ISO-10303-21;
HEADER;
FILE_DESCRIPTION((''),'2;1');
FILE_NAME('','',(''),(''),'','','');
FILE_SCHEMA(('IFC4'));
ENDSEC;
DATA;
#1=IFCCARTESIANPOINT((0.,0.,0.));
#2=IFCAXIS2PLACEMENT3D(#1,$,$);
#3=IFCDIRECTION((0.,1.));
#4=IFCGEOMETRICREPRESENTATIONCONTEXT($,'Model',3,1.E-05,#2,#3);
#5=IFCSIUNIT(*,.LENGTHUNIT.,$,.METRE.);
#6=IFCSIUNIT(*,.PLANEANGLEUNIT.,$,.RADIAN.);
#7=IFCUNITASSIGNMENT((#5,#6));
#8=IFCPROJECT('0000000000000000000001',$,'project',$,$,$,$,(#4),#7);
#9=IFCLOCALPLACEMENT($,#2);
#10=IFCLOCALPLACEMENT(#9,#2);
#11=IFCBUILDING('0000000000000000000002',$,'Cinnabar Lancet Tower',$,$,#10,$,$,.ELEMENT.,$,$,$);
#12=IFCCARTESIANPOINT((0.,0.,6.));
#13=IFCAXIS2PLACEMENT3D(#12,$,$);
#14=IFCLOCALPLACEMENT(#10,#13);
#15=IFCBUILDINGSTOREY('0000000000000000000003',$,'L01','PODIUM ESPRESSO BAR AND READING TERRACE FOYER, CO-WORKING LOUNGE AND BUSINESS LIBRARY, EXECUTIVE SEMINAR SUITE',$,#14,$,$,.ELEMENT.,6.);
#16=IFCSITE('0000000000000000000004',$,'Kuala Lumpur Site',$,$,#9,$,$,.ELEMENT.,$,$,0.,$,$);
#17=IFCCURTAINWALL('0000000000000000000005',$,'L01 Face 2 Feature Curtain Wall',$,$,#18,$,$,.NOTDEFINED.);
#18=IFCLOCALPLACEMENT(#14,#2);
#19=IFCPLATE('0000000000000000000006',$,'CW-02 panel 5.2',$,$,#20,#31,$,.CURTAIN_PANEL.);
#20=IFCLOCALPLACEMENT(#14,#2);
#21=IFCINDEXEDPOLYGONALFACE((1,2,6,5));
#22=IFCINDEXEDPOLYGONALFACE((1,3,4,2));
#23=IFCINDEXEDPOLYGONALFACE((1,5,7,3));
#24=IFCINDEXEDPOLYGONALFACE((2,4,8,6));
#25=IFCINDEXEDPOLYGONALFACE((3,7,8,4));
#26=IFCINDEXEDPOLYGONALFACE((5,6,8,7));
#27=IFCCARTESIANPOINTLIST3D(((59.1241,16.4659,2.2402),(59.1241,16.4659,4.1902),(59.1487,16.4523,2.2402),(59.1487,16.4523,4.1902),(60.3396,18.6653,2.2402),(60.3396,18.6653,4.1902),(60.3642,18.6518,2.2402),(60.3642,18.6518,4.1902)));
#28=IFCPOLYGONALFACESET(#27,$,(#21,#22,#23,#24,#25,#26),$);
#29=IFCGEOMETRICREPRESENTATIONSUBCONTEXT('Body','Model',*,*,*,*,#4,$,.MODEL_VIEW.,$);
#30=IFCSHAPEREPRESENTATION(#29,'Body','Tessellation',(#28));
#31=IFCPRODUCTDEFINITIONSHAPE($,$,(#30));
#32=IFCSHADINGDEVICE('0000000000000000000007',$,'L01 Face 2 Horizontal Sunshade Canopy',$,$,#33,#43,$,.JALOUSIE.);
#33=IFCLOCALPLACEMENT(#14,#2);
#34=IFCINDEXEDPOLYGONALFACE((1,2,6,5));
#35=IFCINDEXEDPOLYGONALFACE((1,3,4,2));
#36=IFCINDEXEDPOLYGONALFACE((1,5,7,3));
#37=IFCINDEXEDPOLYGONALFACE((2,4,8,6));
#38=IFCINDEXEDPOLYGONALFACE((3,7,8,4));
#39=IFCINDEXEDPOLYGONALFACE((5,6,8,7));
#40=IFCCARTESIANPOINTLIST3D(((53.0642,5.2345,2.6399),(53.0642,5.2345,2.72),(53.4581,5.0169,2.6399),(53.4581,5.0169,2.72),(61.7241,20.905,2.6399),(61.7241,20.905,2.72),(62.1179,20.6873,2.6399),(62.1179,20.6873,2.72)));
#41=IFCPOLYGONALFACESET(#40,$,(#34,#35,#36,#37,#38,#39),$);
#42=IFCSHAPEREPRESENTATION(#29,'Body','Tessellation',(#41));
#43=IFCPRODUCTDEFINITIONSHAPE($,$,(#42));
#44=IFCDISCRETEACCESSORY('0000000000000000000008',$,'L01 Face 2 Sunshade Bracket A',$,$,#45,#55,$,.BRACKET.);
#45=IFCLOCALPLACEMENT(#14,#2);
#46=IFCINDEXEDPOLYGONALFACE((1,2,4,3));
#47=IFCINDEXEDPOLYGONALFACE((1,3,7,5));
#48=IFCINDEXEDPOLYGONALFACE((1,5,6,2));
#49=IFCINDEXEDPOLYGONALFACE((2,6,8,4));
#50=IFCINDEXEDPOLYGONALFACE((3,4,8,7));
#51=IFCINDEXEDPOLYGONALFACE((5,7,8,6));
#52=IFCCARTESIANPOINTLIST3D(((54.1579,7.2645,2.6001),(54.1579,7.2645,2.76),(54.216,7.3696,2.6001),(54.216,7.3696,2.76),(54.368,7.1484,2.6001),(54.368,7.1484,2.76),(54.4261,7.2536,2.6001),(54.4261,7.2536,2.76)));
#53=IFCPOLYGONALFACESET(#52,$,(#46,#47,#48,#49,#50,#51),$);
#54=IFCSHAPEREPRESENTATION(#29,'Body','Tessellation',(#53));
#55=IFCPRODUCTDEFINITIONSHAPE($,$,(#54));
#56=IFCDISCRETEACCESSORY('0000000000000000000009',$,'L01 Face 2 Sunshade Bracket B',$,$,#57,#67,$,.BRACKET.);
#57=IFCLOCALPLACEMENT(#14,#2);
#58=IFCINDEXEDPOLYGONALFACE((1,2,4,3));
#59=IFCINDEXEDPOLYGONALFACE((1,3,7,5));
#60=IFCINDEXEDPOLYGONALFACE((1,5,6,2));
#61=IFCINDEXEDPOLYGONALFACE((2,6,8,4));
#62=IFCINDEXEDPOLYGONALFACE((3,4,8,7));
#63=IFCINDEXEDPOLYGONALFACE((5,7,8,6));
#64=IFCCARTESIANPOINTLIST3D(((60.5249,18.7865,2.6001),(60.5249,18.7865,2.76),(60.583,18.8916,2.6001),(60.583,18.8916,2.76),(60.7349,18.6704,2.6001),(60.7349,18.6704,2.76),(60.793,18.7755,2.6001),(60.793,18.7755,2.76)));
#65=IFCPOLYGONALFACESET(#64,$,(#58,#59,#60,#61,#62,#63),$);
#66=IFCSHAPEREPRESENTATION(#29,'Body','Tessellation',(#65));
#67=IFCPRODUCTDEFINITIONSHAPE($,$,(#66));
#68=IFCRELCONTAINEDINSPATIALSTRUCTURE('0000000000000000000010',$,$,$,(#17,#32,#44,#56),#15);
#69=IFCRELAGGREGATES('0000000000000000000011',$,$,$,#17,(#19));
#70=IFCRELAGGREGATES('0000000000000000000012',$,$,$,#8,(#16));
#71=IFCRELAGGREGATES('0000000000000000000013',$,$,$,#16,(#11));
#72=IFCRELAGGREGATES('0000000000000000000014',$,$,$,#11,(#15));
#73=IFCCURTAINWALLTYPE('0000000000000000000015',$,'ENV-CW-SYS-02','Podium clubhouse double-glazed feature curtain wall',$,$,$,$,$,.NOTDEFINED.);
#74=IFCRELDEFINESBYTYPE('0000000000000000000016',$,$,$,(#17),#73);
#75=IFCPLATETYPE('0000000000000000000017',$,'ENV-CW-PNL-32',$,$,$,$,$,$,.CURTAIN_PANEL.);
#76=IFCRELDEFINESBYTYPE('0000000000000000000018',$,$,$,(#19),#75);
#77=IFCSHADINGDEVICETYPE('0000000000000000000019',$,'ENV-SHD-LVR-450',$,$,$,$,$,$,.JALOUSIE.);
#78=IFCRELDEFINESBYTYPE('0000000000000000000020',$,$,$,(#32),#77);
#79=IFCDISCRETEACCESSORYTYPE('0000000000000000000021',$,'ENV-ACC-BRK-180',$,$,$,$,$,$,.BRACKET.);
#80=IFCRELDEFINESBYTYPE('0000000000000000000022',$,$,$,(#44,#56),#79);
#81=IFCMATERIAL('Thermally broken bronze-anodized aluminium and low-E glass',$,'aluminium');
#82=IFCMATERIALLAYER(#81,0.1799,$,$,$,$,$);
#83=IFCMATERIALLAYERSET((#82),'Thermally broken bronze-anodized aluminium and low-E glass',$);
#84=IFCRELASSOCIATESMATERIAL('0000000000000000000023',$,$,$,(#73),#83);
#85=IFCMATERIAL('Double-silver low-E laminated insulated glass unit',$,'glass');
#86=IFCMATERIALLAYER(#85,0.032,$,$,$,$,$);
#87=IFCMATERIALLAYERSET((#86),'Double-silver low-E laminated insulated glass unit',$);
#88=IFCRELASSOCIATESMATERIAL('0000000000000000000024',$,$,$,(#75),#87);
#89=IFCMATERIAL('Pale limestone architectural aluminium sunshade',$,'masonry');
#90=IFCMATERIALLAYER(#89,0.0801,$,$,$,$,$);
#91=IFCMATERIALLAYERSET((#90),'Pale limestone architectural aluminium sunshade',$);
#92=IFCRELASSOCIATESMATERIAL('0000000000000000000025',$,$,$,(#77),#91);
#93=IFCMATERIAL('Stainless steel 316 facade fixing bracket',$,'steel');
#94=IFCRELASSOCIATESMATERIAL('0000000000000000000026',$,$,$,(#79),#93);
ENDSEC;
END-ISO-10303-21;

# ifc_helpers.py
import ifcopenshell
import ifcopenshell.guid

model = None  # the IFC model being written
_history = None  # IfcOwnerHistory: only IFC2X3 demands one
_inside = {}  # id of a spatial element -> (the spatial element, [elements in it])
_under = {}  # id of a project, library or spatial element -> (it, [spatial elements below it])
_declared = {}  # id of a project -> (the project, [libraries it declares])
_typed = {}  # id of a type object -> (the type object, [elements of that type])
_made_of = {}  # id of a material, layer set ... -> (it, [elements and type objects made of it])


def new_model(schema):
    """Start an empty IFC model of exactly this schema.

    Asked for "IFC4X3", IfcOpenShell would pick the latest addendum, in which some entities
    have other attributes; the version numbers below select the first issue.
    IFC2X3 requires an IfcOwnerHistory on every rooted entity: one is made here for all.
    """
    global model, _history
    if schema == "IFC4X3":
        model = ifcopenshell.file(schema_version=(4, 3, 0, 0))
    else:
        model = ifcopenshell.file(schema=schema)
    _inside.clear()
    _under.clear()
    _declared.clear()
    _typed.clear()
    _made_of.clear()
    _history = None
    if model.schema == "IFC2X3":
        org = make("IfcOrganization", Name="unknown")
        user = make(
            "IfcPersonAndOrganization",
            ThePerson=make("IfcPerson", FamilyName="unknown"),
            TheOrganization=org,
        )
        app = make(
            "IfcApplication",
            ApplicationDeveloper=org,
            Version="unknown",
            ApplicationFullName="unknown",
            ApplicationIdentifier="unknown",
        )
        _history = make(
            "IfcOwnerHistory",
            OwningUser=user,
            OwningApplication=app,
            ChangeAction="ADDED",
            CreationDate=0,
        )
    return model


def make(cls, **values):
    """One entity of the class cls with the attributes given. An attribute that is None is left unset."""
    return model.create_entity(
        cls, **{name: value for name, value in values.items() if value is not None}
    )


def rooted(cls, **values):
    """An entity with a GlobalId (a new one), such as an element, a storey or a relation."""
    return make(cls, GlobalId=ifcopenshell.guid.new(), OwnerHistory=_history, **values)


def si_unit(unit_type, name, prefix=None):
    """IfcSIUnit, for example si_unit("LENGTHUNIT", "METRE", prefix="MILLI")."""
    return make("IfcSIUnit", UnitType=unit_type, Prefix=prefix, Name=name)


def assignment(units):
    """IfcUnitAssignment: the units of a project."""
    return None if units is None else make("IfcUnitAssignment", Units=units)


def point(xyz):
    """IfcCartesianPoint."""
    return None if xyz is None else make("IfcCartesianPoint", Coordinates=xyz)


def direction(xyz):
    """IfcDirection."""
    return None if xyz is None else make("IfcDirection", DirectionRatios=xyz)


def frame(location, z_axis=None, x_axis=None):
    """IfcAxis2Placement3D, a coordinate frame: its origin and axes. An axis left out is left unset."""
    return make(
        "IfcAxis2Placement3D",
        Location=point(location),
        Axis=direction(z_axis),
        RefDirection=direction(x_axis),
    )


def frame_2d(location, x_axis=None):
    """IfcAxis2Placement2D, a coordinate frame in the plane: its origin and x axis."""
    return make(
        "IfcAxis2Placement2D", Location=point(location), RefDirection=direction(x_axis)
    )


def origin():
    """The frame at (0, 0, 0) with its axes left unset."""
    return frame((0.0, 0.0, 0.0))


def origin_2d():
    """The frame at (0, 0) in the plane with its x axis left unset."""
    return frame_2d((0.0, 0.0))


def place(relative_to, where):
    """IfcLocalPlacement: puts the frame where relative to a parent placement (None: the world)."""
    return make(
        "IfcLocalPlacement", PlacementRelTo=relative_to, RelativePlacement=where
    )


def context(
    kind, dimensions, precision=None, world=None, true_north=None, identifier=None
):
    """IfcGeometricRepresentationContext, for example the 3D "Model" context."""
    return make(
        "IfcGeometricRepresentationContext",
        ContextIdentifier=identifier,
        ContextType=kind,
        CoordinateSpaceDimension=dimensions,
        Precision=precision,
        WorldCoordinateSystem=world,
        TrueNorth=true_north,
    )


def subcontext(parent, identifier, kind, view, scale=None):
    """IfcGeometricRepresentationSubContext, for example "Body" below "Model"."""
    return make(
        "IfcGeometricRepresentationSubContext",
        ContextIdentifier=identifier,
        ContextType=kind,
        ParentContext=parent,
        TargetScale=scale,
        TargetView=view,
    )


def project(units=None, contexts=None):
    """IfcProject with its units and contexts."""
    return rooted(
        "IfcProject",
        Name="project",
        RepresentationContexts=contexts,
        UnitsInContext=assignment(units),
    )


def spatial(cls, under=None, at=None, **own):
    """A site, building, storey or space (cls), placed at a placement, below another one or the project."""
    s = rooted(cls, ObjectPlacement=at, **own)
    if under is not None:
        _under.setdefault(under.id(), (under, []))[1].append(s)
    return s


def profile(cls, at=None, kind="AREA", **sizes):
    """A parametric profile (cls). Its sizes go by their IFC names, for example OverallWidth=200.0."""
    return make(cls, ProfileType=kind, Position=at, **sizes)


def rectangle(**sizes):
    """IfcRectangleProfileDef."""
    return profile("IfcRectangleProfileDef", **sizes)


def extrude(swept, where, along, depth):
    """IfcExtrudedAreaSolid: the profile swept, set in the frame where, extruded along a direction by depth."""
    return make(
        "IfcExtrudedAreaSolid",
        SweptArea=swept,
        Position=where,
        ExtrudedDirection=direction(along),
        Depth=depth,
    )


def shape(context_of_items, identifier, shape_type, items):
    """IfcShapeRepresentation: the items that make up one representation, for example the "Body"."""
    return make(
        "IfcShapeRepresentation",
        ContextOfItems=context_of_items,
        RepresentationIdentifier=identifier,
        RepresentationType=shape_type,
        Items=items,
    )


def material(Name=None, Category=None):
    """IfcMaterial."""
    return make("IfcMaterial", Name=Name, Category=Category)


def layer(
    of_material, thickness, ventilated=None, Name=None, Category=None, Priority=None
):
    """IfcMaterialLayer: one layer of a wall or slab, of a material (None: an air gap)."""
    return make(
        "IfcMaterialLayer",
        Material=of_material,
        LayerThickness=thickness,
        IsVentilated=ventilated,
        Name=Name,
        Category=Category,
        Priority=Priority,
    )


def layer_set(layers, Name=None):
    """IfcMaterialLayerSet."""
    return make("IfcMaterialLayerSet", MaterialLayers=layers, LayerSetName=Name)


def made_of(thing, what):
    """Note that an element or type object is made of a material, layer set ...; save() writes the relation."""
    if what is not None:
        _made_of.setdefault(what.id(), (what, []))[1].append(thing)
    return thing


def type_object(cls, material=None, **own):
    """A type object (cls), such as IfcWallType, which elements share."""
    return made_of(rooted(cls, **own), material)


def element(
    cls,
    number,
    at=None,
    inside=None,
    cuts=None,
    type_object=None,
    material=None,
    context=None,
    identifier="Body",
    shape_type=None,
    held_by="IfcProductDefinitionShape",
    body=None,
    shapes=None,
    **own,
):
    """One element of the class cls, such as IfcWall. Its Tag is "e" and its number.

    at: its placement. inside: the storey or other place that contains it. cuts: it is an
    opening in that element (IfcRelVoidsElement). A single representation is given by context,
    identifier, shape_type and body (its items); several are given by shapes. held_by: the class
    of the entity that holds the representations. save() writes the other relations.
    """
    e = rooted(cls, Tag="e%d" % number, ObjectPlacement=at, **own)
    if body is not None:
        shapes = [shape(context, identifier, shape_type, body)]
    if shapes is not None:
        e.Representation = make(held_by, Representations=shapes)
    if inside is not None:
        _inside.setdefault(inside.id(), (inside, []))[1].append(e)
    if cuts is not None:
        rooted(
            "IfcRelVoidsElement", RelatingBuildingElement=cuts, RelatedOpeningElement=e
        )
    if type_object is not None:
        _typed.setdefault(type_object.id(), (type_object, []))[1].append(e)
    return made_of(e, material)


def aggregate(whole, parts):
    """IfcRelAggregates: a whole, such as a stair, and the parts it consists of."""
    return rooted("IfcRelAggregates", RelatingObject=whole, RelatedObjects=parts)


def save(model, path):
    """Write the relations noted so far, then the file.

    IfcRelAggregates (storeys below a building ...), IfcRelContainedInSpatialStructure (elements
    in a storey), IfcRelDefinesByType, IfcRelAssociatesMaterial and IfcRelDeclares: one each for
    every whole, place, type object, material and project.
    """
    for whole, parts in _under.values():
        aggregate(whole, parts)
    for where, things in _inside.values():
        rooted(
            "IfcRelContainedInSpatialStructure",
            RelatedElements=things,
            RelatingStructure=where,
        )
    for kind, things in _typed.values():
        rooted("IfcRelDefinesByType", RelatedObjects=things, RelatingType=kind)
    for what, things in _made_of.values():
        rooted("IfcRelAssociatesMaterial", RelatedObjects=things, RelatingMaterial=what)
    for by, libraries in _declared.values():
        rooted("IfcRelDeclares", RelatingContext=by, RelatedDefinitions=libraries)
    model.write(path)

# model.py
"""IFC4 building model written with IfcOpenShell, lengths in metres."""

from ifc_helpers import new_model, si_unit, direction, frame, origin, origin_2d, place, context, subcontext, project, spatial, rectangle, extrude, material, layer, layer_set, type_object, element, aggregate, save


model = new_model("IFC4")

# Units and contexts
model_context = context("Model", 3, precision=1e-05, world=origin(), true_north=direction((0.0, 1.0)))
body_context = subcontext(model_context, "Body", "Model", "MODEL_VIEW")
ifc_project = project(units=[si_unit("LENGTHUNIT", "METRE"), si_unit("PLANEANGLEUNIT", "RADIAN")], contexts=[model_context])

# Site, building, storey
site_placement = place(None, origin())
site = spatial("IfcSite", under=ifc_project, at=site_placement, Name="Kuala Lumpur Site", CompositionType="ELEMENT", RefElevation=0.0)
building_placement = place(site_placement, origin())
building = spatial("IfcBuilding", under=site, at=building_placement, Name="Cinnabar Lancet Tower", CompositionType="ELEMENT")
storey_placement = place(building_placement, frame((0.0, 0.0, 6.0)))
storey = spatial("IfcBuildingStorey", under=building, at=storey_placement, Name="L01", Description="PODIUM ESPRESSO BAR AND READING TERRACE FOYER, CO-WORKING LOUNGE AND BUSINESS LIBRARY, EXECUTIVE SEMINAR SUITE", CompositionType="ELEMENT", Elevation=6.0)

# Curtain wall, plate
ifc_material_1 = material(Name="Thermally broken bronze-anodized aluminium and low-E glass", Category="aluminium")
ifc_layer_1 = layer(ifc_material_1, 0.1799)
ifc_layer_set_1 = layer_set([ifc_layer_1], Name="Thermally broken bronze-anodized aluminium and low-E glass")
curtain_wall_type = type_object("IfcCurtainWallType", Name="ENV-CW-SYS-02", Description="Podium clubhouse double-glazed feature curtain wall", PredefinedType="NOTDEFINED", material=ifc_layer_set_1)
curtain_wall_placement = place(storey_placement, origin())
curtain_wall = element("IfcCurtainWall", 1, at=curtain_wall_placement, inside=storey, type_object=curtain_wall_type, Name="L01 Face 2 Feature Curtain Wall", PredefinedType="NOTDEFINED")
ifc_material_2 = material(Name="Double-silver low-E laminated insulated glass unit", Category="glass")
ifc_layer_2 = layer(ifc_material_2, 0.032)
ifc_layer_set_2 = layer_set([ifc_layer_2], Name="Double-silver low-E laminated insulated glass unit")
plate_type = type_object("IfcPlateType", Name="ENV-CW-PNL-32", PredefinedType="CURTAIN_PANEL", material=ifc_layer_set_2)
plate_1_placement = place(storey_placement, frame((59.7441, 17.5588, 2.2402), z_axis=(0.0, 0.0, 1.0), x_axis=(0.483685, 0.875242, 0.0)))
plate_1 = element("IfcPlate", 2, at=plate_1_placement, type_object=plate_type, Name="CW-02 panel 5.2", PredefinedType="CURTAIN_PANEL", context=body_context, shape_type="SweptSolid", body=[
    extrude(rectangle(XDim=2.5129, YDim=0.0281, at=origin_2d()), origin(), (0.0, 0.0, 1.0), 1.95),
])
aggregate(curtain_wall, [plate_1])

# Shading device
ifc_material_3 = material(Name="Pale limestone architectural aluminium sunshade", Category="masonry")
ifc_layer_3 = layer(ifc_material_3, 0.0801)
ifc_layer_set_3 = layer_set([ifc_layer_3], Name="Pale limestone architectural aluminium sunshade")
shading_device_type = type_object("IfcShadingDeviceType", Name="ENV-SHD-LVR-450", PredefinedType="JALOUSIE", material=ifc_layer_set_3)
shading_device_placement = place(storey_placement, frame((57.5911, 12.9609, 2.6399), z_axis=(0.0, 0.0, 1.0), x_axis=(0.48368, 0.875245, 0.0)))
element("IfcShadingDevice", 3, at=shading_device_placement, inside=storey, type_object=shading_device_type, Name="L01 Face 2 Horizontal Sunshade Canopy", PredefinedType="JALOUSIE", context=body_context, shape_type="SweptSolid", body=[
    extrude(rectangle(XDim=17.9041, YDim=0.45, at=origin_2d()), origin(), (0.0, 0.0, 1.0), 0.0801),
])

# Discrete accessories
ifc_material_4 = material(Name="Stainless steel 316 facade fixing bracket", Category="steel")
discrete_accessory_type = type_object("IfcDiscreteAccessoryType", Name="ENV-ACC-BRK-180", PredefinedType="BRACKET", material=ifc_material_4)
for number, where, z_axis, x_axis, name in (
    (4, (54.292, 7.259, 2.6001), (0.0, 0.0, 1.0), (0.48368, 0.875245, 0.0), "L01 Face 2 Sunshade Bracket A"),
    (5, (60.6589, 18.781, 2.6001), (0.0, 0.0, 1.0), (0.48368, 0.875245, 0.0), "L01 Face 2 Sunshade Bracket B"),
):
    element("IfcDiscreteAccessory", number, at=place(storey_placement, frame(where, z_axis=z_axis, x_axis=x_axis)), inside=storey, type_object=discrete_accessory_type, Name=name, PredefinedType="BRACKET", context=body_context, shape_type="SweptSolid", body=[
        extrude(rectangle(XDim=0.1201, YDim=0.24, at=origin_2d()), origin(), (0.0, 0.0, 1.0), 0.1599),
    ])

save(model, "model.ifc")
